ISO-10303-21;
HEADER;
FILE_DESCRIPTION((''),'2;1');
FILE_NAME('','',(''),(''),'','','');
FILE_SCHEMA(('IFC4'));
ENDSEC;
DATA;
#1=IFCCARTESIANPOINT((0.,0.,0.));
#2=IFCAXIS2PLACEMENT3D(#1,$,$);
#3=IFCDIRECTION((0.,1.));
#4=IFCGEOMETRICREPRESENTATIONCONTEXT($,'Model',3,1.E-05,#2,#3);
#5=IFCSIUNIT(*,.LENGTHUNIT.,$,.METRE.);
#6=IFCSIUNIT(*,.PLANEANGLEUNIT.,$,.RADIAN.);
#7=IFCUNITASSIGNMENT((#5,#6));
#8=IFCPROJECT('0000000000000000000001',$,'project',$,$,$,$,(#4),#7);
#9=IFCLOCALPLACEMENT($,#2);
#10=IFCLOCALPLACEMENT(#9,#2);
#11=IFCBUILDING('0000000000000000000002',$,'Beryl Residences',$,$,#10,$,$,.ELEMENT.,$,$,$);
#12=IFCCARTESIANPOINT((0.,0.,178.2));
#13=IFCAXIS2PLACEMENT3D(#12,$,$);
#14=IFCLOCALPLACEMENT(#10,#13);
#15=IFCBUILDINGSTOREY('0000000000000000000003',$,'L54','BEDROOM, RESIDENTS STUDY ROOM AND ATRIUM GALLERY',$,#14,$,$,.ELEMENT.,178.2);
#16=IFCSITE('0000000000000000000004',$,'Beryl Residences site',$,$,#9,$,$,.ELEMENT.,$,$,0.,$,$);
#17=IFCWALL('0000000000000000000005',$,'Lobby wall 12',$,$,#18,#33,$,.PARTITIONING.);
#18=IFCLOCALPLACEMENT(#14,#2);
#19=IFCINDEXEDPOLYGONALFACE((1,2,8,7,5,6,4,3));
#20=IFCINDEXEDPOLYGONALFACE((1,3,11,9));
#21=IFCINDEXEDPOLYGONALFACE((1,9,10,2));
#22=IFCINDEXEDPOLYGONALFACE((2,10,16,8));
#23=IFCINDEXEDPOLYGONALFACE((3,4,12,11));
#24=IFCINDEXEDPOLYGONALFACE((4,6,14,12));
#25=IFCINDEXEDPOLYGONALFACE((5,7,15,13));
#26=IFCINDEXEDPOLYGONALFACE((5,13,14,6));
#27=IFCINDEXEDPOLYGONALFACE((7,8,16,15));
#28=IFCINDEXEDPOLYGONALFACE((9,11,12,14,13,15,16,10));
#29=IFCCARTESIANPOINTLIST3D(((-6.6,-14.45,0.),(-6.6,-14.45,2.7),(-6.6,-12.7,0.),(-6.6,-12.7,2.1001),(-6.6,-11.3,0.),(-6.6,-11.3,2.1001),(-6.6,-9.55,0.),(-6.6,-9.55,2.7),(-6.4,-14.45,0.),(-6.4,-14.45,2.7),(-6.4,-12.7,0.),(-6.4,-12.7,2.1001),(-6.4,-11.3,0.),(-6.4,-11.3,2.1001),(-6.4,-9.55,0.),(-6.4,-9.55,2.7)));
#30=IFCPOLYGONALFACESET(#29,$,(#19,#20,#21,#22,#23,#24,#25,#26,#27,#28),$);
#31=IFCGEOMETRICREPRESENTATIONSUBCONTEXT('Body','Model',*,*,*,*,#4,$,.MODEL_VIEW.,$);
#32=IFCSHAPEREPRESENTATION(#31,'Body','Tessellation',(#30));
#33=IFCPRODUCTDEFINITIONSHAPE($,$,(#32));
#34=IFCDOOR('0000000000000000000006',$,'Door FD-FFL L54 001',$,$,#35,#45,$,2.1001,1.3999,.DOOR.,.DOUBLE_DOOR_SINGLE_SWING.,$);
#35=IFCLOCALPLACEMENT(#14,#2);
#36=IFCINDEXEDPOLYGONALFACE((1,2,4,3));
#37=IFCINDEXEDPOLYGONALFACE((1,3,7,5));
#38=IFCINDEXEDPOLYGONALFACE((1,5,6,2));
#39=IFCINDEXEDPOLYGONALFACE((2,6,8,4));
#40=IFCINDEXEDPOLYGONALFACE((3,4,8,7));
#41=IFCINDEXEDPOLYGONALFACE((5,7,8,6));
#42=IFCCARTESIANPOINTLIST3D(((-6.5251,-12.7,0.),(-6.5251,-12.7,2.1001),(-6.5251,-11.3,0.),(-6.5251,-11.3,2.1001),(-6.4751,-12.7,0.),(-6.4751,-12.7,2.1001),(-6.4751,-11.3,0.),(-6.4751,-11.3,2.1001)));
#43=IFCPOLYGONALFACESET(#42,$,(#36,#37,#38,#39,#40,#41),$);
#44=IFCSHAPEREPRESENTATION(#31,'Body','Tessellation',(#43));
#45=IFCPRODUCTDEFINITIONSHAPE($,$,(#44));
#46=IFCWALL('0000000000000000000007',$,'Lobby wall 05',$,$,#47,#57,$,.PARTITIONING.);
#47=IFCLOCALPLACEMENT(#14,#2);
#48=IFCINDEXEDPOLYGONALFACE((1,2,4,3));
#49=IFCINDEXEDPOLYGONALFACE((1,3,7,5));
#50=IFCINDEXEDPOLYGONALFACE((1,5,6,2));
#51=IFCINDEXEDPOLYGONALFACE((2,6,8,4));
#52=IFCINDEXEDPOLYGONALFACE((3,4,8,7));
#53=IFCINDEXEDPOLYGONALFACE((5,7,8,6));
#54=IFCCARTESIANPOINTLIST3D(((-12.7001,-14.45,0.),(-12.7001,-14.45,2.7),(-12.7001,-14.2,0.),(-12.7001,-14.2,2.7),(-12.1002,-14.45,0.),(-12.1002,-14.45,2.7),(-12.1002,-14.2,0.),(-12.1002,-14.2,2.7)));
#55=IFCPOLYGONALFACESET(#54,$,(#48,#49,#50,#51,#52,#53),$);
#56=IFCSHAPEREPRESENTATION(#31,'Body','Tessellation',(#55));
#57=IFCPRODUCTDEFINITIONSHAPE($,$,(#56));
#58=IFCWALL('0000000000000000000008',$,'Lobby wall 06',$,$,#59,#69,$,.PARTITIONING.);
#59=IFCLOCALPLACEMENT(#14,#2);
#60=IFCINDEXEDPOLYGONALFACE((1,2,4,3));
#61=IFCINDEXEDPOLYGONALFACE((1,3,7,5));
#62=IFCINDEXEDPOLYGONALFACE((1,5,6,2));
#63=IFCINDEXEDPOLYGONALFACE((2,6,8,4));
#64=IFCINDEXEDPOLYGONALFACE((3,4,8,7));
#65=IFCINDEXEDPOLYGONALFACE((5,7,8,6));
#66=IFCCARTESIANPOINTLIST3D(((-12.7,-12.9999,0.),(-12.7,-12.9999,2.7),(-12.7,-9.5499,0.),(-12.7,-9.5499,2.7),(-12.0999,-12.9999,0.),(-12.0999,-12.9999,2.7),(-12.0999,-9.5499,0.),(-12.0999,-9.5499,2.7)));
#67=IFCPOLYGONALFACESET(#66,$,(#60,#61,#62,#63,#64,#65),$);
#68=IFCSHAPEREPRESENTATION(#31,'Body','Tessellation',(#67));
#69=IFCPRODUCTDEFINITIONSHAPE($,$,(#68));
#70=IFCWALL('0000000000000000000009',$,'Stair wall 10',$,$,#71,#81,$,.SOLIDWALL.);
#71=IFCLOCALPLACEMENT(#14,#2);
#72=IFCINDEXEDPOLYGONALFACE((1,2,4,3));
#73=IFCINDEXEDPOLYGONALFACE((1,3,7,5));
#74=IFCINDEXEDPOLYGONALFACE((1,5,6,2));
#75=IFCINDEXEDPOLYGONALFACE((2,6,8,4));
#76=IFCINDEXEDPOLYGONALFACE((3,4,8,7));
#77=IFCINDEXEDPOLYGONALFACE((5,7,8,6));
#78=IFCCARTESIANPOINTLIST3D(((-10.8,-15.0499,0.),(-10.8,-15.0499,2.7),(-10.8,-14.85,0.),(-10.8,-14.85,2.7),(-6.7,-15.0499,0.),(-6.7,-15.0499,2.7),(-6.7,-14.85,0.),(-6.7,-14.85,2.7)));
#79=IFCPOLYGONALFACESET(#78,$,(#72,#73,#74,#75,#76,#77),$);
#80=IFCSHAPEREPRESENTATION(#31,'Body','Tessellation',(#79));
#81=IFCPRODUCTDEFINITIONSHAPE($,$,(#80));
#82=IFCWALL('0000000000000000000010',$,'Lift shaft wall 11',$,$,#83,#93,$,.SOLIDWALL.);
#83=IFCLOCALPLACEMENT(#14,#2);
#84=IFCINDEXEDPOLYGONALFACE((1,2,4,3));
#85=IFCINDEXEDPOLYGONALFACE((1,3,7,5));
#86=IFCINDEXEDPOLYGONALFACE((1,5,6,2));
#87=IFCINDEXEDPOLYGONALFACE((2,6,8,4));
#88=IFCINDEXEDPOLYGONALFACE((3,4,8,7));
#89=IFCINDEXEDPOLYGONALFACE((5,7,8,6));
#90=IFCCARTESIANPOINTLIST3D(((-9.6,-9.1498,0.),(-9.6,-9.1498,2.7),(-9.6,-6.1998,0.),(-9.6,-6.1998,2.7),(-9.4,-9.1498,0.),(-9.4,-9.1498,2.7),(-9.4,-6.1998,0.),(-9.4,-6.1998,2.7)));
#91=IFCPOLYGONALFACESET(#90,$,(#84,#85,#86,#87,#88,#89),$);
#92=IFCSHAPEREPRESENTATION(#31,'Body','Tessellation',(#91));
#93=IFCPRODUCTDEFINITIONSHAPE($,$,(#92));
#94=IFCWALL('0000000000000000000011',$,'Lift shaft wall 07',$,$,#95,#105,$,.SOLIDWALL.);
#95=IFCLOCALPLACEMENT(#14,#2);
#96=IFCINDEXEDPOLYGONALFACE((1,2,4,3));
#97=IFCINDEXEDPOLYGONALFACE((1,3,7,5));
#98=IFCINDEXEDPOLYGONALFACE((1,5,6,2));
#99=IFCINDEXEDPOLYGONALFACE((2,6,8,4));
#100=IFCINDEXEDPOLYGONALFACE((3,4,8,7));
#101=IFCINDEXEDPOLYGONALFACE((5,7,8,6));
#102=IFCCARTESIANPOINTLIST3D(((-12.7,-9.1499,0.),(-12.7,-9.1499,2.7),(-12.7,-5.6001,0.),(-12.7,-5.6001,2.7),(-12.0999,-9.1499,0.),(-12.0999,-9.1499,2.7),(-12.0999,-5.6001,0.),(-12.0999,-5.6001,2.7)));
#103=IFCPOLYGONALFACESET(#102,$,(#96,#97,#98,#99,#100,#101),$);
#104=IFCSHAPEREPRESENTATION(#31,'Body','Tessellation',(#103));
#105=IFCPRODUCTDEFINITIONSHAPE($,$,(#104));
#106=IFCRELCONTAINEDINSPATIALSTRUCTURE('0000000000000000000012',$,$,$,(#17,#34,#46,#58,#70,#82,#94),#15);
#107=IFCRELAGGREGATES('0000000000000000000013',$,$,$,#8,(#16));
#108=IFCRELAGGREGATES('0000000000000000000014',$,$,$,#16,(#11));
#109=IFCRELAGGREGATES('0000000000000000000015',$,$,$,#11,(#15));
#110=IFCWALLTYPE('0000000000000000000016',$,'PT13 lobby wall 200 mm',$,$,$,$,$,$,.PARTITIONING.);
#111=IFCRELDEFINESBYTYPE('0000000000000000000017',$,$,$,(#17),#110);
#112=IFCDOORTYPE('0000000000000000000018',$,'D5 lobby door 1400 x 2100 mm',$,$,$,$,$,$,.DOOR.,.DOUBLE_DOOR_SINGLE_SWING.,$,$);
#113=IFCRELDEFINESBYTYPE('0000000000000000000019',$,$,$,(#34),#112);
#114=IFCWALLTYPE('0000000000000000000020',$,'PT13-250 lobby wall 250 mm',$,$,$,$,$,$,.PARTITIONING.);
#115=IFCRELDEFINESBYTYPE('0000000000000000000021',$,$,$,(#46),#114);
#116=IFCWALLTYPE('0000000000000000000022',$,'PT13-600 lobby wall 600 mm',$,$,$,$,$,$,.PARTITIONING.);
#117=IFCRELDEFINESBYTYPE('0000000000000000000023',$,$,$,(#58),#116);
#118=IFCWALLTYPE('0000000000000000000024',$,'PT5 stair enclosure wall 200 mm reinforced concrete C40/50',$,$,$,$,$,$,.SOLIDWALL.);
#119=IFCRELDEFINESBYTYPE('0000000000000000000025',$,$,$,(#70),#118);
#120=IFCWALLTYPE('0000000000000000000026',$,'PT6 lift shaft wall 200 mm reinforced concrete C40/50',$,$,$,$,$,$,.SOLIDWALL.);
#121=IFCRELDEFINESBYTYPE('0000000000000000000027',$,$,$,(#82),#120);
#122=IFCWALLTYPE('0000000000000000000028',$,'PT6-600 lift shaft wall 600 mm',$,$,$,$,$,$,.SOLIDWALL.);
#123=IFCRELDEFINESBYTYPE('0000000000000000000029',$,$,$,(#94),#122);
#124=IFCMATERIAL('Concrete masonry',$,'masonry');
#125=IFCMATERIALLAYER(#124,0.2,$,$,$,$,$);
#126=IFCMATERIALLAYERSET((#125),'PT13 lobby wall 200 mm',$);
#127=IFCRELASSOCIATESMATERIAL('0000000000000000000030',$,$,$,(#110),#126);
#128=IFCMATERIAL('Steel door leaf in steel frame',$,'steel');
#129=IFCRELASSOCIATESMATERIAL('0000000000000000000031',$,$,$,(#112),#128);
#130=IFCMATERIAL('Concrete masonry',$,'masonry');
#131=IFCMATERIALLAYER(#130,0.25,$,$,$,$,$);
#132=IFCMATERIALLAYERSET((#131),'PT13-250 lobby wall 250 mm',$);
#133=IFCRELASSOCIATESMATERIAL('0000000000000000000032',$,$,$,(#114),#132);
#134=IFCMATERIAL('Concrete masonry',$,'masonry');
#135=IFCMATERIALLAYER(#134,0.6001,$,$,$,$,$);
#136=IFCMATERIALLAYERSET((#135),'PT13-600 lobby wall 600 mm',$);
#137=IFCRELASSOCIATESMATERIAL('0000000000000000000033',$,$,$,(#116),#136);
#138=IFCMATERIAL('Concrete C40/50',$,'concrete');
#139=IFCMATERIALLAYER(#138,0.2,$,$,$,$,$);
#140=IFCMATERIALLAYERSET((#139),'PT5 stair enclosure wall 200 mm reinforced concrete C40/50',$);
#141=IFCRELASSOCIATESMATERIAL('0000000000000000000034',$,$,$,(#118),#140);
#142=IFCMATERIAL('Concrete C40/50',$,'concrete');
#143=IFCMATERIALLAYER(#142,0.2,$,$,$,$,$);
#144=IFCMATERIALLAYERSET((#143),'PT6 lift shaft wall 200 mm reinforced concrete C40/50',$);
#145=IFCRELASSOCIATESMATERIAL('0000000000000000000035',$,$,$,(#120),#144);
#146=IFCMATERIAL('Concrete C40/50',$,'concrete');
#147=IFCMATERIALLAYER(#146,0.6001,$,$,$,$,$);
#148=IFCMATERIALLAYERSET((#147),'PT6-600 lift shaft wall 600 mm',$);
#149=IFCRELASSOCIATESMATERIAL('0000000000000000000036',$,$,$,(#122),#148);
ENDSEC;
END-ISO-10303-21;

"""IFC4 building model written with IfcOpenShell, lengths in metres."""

from ifc_helpers import new_model, si_unit, direction, frame, frame_2d, origin, place, context, subcontext, project, spatial, rectangle, extrude, material, layer, layer_set, type_object, element, fill, save


model = new_model("IFC4")

# Units and contexts
model_context = context("Model", 3, precision=1e-05, world=origin(), true_north=direction((0.0, 1.0)))
body_context = subcontext(model_context, "Body", "Model", "MODEL_VIEW")
ifc_project = project(units=[si_unit("LENGTHUNIT", "METRE"), si_unit("PLANEANGLEUNIT", "RADIAN")], contexts=[model_context])

# Site, building, storey
site_placement = place(None, origin())
site = spatial("IfcSite", under=ifc_project, at=site_placement, Name="Beryl Residences site", CompositionType="ELEMENT", RefElevation=0.0)
building_placement = place(site_placement, origin())
building = spatial("IfcBuilding", under=site, at=building_placement, Name="Beryl Residences", CompositionType="ELEMENT")
storey_placement = place(building_placement, frame((0.0, 0.0, 178.2)))
storey = spatial("IfcBuildingStorey", under=building, at=storey_placement, Name="L54", Description="BEDROOM, RESIDENTS STUDY ROOM AND ATRIUM GALLERY", CompositionType="ELEMENT", Elevation=178.2)

# Wall, opening, door
ifc_material_1 = material(Name="Concrete masonry", Category="masonry")
ifc_layer_1 = layer(ifc_material_1, 0.2)
ifc_layer_set_1 = layer_set([ifc_layer_1], Name="PT13 lobby wall 200 mm")
wall_type_1 = type_object("IfcWallType", Name="PT13 lobby wall 200 mm", PredefinedType="PARTITIONING", material=ifc_layer_set_1)
wall_1_placement = place(storey_placement, frame((-6.5, -14.45, 0.0), z_axis=(0.0, 0.0, 1.0), x_axis=(0.0, 1.0, 0.0)))
wall_1 = element("IfcWall", 1, at=wall_1_placement, inside=storey, type_object=wall_type_1, Name="Lobby wall 12", PredefinedType="PARTITIONING", context=body_context, shape_type="SweptSolid", body=[
    extrude(rectangle(XDim=4.8999, YDim=0.2, at=frame_2d((2.45, 0.0))), origin(), (0.0, 0.0, 1.0), 2.7),
])
opening_1_placement = place(wall_1_placement, frame((3.1499, 0.0, 0.0), z_axis=(0.0, 0.0, 1.0), x_axis=(-1.0, 0.0, 0.0)))
opening_1 = element("IfcOpeningElement", 2, at=opening_1_placement, cuts=wall_1, PredefinedType="OPENING", context=body_context, shape_type="SweptSolid", body=[
    extrude(rectangle(XDim=1.3999, YDim=2.1001, at=frame_2d((0.7, 1.05))), frame((0.0, 0.1099, 0.0), z_axis=(0.0, -1.0, 0.0), x_axis=(1.0, 0.0, 0.0)), (0.0, 0.0, 1.0), 0.22),
])
ifc_material_2 = material(Name="Steel door leaf in steel frame", Category="steel")
door_type_1 = type_object("IfcDoorType", Name="D5 lobby door 1400 x 2100 mm", OperationType="DOUBLE_DOOR_SINGLE_SWING", PredefinedType="DOOR", material=ifc_material_2)
door_1_placement = place(opening_1_placement, origin())
door_1 = element("IfcDoor", 3, at=door_1_placement, inside=storey, type_object=door_type_1, Name="Door FD-FFL L54 001", OperationType="DOUBLE_DOOR_SINGLE_SWING", OverallHeight=2.1001, OverallWidth=1.3999, PredefinedType="DOOR", context=body_context, shape_type="SweptSolid", body=[
    extrude(rectangle(XDim=1.3999, YDim=2.1001, at=frame_2d((0.7, 1.05))), frame((0.0, 0.0249, 0.0), z_axis=(0.0, -1.0, 0.0), x_axis=(1.0, 0.0, 0.0)), (0.0, 0.0, 1.0), 0.05),
])
fill(opening_1, door_1)

# Walls
ifc_material_3 = material(Name="Concrete masonry", Category="masonry")
ifc_layer_2 = layer(ifc_material_3, 0.25)
ifc_layer_set_2 = layer_set([ifc_layer_2], Name="PT13-250 lobby wall 250 mm")
wall_type_2 = type_object("IfcWallType", Name="PT13-250 lobby wall 250 mm", PredefinedType="PARTITIONING", material=ifc_layer_set_2)
wall_2_placement = place(storey_placement, frame((-12.7, -14.325, 0.0), z_axis=(0.0, 0.0, 1.0), x_axis=(1.0, 0.0, 0.0)))
element("IfcWall", 4, at=wall_2_placement, inside=storey, type_object=wall_type_2, Name="Lobby wall 05", PredefinedType="PARTITIONING", context=body_context, shape_type="SweptSolid", body=[
    extrude(rectangle(XDim=0.5999, YDim=0.25, at=frame_2d((0.2998, 0.0))), origin(), (0.0, 0.0, 1.0), 2.7),
])
ifc_material_4 = material(Name="Concrete masonry", Category="masonry")
ifc_layer_3 = layer(ifc_material_4, 0.6001)
ifc_layer_set_3 = layer_set([ifc_layer_3], Name="PT13-600 lobby wall 600 mm")
wall_type_3 = type_object("IfcWallType", Name="PT13-600 lobby wall 600 mm", PredefinedType="PARTITIONING", material=ifc_layer_set_3)
wall_3_placement = place(storey_placement, frame((-12.3999, -13.0, 0.0), z_axis=(0.0, 0.0, 1.0), x_axis=(0.0, 1.0, 0.0)))
element("IfcWall", 5, at=wall_3_placement, inside=storey, type_object=wall_type_3, Name="Lobby wall 06", PredefinedType="PARTITIONING", context=body_context, shape_type="SweptSolid", body=[
    extrude(rectangle(XDim=3.45, YDim=0.6001, at=frame_2d((1.7251, 0.0))), origin(), (0.0, 0.0, 1.0), 2.7),
])
ifc_material_5 = material(Name="Concrete C40/50", Category="concrete")
ifc_layer_4 = layer(ifc_material_5, 0.2)
ifc_layer_set_4 = layer_set([ifc_layer_4], Name="PT5 stair enclosure wall 200 mm reinforced concrete C40/50")
wall_type_4 = type_object("IfcWallType", Name="PT5 stair enclosure wall 200 mm reinforced concrete C40/50", PredefinedType="SOLIDWALL", material=ifc_layer_set_4)
wall_4_placement = place(storey_placement, frame((-10.8, -14.95, 0.0), z_axis=(0.0, 0.0, 1.0), x_axis=(1.0, 0.0, 0.0)))
element("IfcWall", 6, at=wall_4_placement, inside=storey, type_object=wall_type_4, Name="Stair wall 10", PredefinedType="SOLIDWALL", context=body_context, shape_type="SweptSolid", body=[
    extrude(rectangle(XDim=4.1001, YDim=0.2, at=frame_2d((2.05, 0.0))), origin(), (0.0, 0.0, 1.0), 2.7),
])
ifc_material_6 = material(Name="Concrete C40/50", Category="concrete")
ifc_layer_5 = layer(ifc_material_6, 0.2)
ifc_layer_set_5 = layer_set([ifc_layer_5], Name="PT6 lift shaft wall 200 mm reinforced concrete C40/50")
wall_type_5 = type_object("IfcWallType", Name="PT6 lift shaft wall 200 mm reinforced concrete C40/50", PredefinedType="SOLIDWALL", material=ifc_layer_set_5)
wall_5_placement = place(storey_placement, frame((-9.5, -9.1499, 0.0), z_axis=(0.0, 0.0, 1.0), x_axis=(0.0, 1.0, 0.0)))
element("IfcWall", 7, at=wall_5_placement, inside=storey, type_object=wall_type_5, Name="Lift shaft wall 11", PredefinedType="SOLIDWALL", context=body_context, shape_type="SweptSolid", body=[
    extrude(rectangle(XDim=2.95, YDim=0.2, at=frame_2d((1.4751, 0.0))), origin(), (0.0, 0.0, 1.0), 2.7),
])
ifc_material_7 = material(Name="Concrete C40/50", Category="concrete")
ifc_layer_6 = layer(ifc_material_7, 0.6001)
ifc_layer_set_6 = layer_set([ifc_layer_6], Name="PT6-600 lift shaft wall 600 mm")
wall_type_6 = type_object("IfcWallType", Name="PT6-600 lift shaft wall 600 mm", PredefinedType="SOLIDWALL", material=ifc_layer_set_6)
wall_6_placement = place(storey_placement, frame((-12.3999, -9.1499, 0.0), z_axis=(0.0, 0.0, 1.0), x_axis=(0.0, 1.0, 0.0)))
element("IfcWall", 8, at=wall_6_placement, inside=storey, type_object=wall_type_6, Name="Lift shaft wall 07", PredefinedType="SOLIDWALL", context=body_context, shape_type="SweptSolid", body=[
    extrude(rectangle(XDim=3.5498, YDim=0.6001, at=frame_2d((1.7749, 0.0))), origin(), (0.0, 0.0, 1.0), 2.7),
])

save(model, "model.ifc")
